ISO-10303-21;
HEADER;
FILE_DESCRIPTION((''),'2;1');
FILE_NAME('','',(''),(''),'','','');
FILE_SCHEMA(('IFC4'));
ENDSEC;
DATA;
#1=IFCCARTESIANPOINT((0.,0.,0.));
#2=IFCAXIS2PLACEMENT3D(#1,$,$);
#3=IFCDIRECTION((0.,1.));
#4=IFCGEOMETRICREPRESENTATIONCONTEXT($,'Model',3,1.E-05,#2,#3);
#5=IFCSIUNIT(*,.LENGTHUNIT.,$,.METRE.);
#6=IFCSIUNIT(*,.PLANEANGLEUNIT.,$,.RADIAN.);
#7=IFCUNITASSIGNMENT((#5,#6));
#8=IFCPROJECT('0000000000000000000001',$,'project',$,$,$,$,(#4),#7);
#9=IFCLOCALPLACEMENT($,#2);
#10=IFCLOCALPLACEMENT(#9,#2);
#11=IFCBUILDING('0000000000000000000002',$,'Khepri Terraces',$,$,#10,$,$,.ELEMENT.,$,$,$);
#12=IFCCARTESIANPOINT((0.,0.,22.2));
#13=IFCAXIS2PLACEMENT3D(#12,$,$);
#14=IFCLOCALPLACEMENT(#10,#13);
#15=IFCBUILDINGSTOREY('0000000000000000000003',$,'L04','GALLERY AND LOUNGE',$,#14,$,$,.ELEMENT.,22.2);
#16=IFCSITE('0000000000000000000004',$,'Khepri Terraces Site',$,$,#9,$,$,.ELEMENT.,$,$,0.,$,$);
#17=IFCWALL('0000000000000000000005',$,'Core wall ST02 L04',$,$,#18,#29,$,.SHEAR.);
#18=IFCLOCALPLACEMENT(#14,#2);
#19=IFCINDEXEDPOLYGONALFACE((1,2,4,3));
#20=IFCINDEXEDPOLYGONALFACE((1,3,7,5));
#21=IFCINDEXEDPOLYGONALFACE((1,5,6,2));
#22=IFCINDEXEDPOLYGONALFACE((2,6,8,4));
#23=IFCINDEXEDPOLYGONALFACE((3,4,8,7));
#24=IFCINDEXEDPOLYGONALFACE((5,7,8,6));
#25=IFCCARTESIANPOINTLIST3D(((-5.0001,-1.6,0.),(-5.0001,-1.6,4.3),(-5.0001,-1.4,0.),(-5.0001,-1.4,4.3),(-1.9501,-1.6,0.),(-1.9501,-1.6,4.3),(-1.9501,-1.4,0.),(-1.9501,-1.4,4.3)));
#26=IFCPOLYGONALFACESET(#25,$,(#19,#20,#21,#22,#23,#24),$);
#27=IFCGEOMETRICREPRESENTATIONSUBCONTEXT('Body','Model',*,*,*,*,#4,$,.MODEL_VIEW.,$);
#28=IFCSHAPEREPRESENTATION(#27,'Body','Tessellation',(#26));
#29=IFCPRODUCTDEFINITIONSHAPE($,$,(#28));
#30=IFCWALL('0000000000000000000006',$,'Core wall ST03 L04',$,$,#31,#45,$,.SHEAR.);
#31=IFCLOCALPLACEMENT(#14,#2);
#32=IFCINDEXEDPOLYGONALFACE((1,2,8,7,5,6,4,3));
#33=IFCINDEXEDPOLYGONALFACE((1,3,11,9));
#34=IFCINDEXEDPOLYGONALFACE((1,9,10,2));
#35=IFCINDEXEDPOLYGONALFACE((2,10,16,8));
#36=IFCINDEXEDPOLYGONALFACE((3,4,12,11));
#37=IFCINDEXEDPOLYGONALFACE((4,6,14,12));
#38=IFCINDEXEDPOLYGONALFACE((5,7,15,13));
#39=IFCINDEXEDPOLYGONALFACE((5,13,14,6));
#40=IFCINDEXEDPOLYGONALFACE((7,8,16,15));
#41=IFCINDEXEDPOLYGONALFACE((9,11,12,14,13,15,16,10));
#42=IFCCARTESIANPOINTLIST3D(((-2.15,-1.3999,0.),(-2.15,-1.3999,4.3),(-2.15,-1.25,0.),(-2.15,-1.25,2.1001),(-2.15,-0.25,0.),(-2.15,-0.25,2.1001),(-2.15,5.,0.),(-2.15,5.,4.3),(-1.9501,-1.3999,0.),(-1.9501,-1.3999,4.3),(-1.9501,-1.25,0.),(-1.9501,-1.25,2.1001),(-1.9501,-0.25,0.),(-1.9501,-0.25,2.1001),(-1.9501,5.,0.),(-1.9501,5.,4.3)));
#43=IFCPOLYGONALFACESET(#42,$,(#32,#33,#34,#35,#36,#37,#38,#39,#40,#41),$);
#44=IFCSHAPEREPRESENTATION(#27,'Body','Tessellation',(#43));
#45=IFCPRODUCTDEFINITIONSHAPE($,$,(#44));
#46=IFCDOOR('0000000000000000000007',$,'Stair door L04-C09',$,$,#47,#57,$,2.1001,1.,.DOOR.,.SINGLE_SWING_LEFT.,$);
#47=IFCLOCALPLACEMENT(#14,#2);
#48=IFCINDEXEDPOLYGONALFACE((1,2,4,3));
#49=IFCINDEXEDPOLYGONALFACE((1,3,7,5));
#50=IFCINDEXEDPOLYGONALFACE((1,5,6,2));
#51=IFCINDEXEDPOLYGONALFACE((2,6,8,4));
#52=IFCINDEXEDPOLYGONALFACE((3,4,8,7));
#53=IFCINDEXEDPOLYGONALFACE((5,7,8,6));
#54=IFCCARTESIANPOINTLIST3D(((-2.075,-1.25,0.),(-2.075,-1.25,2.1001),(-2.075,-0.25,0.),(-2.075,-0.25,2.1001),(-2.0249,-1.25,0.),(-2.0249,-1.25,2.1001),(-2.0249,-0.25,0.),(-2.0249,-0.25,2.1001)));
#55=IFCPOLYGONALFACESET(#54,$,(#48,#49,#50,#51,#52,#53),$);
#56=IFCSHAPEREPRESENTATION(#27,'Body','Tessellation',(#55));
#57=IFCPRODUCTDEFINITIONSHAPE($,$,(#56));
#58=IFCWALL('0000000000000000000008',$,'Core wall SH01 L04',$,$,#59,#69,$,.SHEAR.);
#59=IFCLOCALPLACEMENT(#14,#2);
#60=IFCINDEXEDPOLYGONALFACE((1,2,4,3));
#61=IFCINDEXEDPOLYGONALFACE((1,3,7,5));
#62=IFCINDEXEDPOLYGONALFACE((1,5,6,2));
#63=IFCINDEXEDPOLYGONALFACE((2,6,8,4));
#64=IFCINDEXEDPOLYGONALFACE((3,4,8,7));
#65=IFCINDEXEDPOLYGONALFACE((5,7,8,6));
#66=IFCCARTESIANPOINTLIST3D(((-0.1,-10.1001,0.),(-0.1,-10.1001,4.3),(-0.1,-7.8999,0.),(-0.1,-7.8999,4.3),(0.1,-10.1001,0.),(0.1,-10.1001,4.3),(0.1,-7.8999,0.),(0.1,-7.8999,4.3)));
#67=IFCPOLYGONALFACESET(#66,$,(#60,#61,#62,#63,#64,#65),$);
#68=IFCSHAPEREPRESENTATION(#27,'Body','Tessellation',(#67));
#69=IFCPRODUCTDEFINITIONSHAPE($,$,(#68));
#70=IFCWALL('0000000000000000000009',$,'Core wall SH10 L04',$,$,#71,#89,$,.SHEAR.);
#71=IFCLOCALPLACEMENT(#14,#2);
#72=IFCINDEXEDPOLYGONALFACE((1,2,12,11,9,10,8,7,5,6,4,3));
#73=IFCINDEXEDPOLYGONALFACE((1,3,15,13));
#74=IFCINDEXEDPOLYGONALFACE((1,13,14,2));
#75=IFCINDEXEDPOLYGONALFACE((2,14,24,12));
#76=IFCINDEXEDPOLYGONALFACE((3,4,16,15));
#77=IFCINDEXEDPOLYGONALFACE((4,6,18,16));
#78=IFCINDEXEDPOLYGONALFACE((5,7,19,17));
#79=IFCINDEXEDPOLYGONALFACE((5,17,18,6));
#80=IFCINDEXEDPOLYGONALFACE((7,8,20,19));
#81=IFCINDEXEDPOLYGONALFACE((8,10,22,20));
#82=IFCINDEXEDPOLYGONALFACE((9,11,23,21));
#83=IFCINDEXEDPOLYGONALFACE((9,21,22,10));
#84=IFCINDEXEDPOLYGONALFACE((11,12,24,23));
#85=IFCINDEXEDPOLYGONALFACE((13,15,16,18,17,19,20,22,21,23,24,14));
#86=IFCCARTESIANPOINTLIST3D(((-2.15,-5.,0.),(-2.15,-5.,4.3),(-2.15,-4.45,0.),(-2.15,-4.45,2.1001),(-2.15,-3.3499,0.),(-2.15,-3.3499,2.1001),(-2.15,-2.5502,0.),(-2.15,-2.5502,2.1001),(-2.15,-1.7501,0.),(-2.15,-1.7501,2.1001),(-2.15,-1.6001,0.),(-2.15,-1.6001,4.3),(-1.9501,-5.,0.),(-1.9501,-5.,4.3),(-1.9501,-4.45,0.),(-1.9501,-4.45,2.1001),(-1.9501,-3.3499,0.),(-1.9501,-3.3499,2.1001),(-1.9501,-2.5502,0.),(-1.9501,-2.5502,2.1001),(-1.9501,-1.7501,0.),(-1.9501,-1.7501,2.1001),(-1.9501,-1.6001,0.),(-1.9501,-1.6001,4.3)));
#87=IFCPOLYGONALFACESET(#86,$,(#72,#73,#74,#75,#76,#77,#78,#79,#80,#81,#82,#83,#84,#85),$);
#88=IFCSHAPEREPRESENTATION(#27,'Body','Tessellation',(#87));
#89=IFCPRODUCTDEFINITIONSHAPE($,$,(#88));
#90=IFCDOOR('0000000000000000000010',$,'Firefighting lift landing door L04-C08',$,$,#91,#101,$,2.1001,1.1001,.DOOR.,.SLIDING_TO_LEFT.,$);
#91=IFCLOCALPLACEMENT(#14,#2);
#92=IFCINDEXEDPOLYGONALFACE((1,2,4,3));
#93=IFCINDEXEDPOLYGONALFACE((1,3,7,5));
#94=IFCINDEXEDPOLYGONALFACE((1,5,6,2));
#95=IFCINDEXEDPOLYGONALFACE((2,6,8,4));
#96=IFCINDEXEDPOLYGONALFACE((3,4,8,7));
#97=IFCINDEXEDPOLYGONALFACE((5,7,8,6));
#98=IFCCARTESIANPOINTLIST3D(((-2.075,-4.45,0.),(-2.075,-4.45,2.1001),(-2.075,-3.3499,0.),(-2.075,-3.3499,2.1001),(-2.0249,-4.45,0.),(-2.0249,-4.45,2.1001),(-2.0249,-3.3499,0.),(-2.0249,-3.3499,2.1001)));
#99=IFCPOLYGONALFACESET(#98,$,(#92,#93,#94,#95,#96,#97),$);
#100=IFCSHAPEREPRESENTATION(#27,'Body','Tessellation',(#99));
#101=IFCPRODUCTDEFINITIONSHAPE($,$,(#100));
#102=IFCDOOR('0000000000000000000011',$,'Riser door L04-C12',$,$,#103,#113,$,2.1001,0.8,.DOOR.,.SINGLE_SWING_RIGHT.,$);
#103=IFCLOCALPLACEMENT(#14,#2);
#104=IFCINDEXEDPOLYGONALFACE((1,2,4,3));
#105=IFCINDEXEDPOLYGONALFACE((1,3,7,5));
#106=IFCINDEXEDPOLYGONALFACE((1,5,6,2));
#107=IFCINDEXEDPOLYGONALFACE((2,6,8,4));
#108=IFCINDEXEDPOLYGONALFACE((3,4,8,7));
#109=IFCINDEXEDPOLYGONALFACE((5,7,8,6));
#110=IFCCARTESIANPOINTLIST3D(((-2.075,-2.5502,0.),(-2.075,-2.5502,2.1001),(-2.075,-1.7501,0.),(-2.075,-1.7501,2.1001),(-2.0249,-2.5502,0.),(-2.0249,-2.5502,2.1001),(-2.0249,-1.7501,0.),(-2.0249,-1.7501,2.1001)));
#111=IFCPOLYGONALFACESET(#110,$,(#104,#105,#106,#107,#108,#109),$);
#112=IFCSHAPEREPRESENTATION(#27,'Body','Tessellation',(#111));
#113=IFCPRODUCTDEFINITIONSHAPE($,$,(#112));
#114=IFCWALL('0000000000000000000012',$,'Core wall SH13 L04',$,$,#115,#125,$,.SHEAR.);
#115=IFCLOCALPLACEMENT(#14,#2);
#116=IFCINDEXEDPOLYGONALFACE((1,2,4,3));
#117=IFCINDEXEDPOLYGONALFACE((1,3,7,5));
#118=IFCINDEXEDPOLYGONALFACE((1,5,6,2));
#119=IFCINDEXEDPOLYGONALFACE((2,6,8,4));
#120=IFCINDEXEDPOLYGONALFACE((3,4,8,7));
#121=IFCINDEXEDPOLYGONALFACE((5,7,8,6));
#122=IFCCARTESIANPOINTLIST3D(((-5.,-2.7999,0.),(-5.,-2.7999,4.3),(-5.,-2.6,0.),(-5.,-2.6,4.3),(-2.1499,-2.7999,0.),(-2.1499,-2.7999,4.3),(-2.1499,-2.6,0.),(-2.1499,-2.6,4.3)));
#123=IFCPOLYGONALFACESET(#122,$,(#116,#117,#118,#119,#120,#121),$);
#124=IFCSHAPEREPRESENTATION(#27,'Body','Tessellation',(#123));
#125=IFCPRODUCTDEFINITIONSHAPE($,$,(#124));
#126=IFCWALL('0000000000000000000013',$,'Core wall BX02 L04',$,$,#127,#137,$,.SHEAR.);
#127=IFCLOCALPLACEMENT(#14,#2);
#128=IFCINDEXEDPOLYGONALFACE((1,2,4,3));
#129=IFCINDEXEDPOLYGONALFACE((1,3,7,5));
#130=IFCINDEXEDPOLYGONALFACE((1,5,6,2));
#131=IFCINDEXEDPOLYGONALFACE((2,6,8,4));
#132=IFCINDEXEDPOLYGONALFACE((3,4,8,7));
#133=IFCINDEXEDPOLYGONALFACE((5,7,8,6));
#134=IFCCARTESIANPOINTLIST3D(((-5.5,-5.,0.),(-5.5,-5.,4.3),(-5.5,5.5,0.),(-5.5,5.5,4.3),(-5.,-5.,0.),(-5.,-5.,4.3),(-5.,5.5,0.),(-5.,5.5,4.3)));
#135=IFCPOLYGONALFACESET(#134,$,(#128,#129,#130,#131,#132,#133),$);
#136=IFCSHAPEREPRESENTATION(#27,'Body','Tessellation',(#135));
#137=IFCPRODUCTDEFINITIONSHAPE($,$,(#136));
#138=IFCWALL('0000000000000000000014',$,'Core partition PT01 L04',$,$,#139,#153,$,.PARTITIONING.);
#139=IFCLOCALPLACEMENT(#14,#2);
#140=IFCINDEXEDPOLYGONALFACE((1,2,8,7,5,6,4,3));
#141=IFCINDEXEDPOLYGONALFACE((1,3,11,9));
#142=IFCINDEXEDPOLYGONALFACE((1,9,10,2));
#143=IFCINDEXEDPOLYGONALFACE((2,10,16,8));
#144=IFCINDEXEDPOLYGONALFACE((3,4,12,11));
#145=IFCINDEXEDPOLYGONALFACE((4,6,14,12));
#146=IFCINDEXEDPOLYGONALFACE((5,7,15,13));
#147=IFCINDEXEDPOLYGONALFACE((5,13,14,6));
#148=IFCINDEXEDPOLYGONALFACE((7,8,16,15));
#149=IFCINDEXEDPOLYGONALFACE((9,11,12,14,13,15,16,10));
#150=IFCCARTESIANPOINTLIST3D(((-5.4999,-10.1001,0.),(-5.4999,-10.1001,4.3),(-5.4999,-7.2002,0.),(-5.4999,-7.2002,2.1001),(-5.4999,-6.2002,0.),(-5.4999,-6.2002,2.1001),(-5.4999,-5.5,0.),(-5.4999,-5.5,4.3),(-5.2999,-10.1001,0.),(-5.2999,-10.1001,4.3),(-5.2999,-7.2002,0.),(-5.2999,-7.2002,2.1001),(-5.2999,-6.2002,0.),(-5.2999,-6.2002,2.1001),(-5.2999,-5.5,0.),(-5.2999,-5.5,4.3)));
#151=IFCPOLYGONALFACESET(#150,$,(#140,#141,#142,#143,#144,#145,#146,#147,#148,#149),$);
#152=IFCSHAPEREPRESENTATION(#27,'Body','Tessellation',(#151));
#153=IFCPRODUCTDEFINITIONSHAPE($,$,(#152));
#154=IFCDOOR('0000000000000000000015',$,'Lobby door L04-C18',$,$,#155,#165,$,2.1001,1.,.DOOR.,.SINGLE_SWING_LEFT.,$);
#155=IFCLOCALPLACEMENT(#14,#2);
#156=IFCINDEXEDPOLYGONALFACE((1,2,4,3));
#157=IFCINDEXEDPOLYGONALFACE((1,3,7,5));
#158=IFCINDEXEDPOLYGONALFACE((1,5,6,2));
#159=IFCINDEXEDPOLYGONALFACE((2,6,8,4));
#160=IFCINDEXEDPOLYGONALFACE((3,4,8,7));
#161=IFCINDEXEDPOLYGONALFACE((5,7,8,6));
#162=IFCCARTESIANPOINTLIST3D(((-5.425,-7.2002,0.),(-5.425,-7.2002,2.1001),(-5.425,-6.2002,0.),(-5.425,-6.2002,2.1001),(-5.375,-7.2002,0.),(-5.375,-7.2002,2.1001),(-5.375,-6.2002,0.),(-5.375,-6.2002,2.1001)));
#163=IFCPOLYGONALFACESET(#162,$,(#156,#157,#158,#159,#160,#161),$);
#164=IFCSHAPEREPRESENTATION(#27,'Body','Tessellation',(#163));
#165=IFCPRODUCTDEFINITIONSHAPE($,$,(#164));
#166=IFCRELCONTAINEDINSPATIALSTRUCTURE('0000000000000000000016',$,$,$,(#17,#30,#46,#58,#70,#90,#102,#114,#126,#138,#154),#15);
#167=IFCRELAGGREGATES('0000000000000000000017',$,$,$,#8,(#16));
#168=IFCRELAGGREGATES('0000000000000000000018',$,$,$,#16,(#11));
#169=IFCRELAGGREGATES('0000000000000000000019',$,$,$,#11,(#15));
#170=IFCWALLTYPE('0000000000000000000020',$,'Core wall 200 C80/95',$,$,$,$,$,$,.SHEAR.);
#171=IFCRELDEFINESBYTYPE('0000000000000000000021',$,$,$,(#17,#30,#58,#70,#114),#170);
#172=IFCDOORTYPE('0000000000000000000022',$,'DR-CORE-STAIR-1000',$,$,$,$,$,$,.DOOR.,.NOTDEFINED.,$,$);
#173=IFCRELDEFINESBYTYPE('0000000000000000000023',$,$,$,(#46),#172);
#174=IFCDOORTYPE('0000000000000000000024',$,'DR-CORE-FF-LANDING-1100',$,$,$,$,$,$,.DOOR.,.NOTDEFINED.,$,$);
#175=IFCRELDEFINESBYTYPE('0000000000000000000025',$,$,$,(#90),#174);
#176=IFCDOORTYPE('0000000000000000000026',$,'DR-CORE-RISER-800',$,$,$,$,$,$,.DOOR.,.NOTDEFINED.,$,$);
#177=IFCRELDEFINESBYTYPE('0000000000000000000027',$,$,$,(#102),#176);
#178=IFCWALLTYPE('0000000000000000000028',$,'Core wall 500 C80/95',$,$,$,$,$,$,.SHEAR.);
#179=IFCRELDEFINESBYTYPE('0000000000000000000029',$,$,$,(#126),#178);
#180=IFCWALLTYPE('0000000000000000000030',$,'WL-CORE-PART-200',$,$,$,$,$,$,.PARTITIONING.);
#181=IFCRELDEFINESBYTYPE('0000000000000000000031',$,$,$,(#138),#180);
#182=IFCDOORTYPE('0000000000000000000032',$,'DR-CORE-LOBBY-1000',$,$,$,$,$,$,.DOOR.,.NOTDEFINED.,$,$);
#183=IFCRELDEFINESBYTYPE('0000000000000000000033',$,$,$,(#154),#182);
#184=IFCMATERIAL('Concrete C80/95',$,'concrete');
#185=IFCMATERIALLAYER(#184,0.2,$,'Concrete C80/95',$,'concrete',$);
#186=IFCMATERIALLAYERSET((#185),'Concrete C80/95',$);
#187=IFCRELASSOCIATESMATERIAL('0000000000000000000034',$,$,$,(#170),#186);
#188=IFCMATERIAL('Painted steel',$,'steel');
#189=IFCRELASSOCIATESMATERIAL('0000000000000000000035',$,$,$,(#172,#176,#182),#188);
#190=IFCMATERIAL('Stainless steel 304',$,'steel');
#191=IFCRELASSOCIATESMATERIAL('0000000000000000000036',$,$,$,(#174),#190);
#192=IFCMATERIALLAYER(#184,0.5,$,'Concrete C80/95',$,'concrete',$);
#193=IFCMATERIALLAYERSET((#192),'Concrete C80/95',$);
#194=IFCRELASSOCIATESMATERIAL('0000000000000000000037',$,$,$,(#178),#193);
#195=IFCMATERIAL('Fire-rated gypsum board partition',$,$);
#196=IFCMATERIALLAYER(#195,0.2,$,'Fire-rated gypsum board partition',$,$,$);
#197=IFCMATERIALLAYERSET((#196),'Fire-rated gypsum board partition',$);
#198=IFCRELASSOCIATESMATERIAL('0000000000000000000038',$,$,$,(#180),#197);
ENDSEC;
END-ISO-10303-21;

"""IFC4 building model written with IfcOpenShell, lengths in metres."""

from ifc_helpers import new_model, si_unit, direction, frame, frame_2d, origin, place, context, subcontext, project, spatial, rectangle, extrude, material, layer, layer_set, type_object, element, fill, save


model = new_model("IFC4")

# Units and contexts
model_context = context("Model", 3, precision=1e-05, world=origin(), true_north=direction((0.0, 1.0)))
body_context = subcontext(model_context, "Body", "Model", "MODEL_VIEW")
ifc_project = project(units=[si_unit("LENGTHUNIT", "METRE"), si_unit("PLANEANGLEUNIT", "RADIAN")], contexts=[model_context])

# Site, building, storey
site_placement = place(None, origin())
site = spatial("IfcSite", under=ifc_project, at=site_placement, Name="Khepri Terraces Site", CompositionType="ELEMENT", RefElevation=0.0)
building_placement = place(site_placement, origin())
building = spatial("IfcBuilding", under=site, at=building_placement, Name="Khepri Terraces", CompositionType="ELEMENT")
storey_placement = place(building_placement, frame((0.0, 0.0, 22.2)))
storey = spatial("IfcBuildingStorey", under=building, at=storey_placement, Name="L04", Description="GALLERY AND LOUNGE", CompositionType="ELEMENT", Elevation=22.2)

# Wall
ifc_material_1 = material(Name="Concrete C80/95", Category="concrete")
ifc_layer_1 = layer(ifc_material_1, 0.2, Name="Concrete C80/95", Category="concrete")
ifc_layer_set_1 = layer_set([ifc_layer_1], Name="Concrete C80/95")
wall_type_1 = type_object("IfcWallType", Name="Core wall 200 C80/95", PredefinedType="SHEAR", material=ifc_layer_set_1)
wall_1_placement = place(storey_placement, frame((-5.0, -1.5, 0.0), z_axis=(0.0, 0.0, 1.0), x_axis=(1.0, 0.0, 0.0)))
element("IfcWall", 1, at=wall_1_placement, inside=storey, type_object=wall_type_1, Name="Core wall ST02 L04", PredefinedType="SHEAR", context=body_context, shape_type="SweptSolid", body=[
    extrude(rectangle(XDim=3.05, YDim=0.2, at=frame_2d((1.5249, 0.0))), origin(), (0.0, 0.0, 1.0), 4.3),
])

# Wall, opening, door
wall_2_placement = place(storey_placement, frame((-2.05, -1.3999, 0.0), z_axis=(0.0, 0.0, 1.0), x_axis=(0.0, 1.0, 0.0)))
wall_2 = element("IfcWall", 2, at=wall_2_placement, inside=storey, type_object=wall_type_1, Name="Core wall ST03 L04", PredefinedType="SHEAR", context=body_context, shape_type="SweptSolid", body=[
    extrude(rectangle(XDim=6.3999, YDim=0.2, at=frame_2d((3.2, 0.0))), origin(), (0.0, 0.0, 1.0), 4.3),
])
opening_1_placement = place(wall_2_placement, frame((0.1499, 0.0, 0.0)))
opening_1 = element("IfcOpeningElement", 3, at=opening_1_placement, cuts=wall_2, PredefinedType="OPENING", context=body_context, shape_type="SweptSolid", body=[
    extrude(rectangle(XDim=1.0, YDim=2.1001, at=frame_2d((0.5, 1.05))), frame((0.0, 0.1099, 0.0), z_axis=(0.0, -1.0, 0.0), x_axis=(1.0, 0.0, 0.0)), (0.0, 0.0, 1.0), 0.22),
])
ifc_material_2 = material(Name="Painted steel", Category="steel")
door_type_1 = type_object("IfcDoorType", Name="DR-CORE-STAIR-1000", OperationType="NOTDEFINED", PredefinedType="DOOR", material=ifc_material_2)
door_1_placement = place(opening_1_placement, origin())
door_1 = element("IfcDoor", 4, at=door_1_placement, inside=storey, type_object=door_type_1, Name="Stair door L04-C09", OperationType="SINGLE_SWING_LEFT", OverallHeight=2.1001, OverallWidth=1.0, PredefinedType="DOOR", context=body_context, shape_type="SweptSolid", body=[
    extrude(rectangle(XDim=1.0, YDim=2.1001, at=frame_2d((0.5, 1.05))), frame((0.0, 0.0249, 0.0), z_axis=(0.0, -1.0, 0.0), x_axis=(1.0, 0.0, 0.0)), (0.0, 0.0, 1.0), 0.05),
])
fill(opening_1, door_1)

# Wall
wall_3_placement = place(storey_placement, frame((0.0, -10.1001, 0.0), z_axis=(0.0, 0.0, 1.0), x_axis=(0.0, 1.0, 0.0)))
element("IfcWall", 5, at=wall_3_placement, inside=storey, type_object=wall_type_1, Name="Core wall SH01 L04", PredefinedType="SHEAR", context=body_context, shape_type="SweptSolid", body=[
    extrude(rectangle(XDim=2.2002, YDim=0.2, at=frame_2d((1.1001, 0.0))), origin(), (0.0, 0.0, 1.0), 4.3),
])

# Wall, openings, doors
wall_4_placement = place(storey_placement, frame((-2.05, -5.0, 0.0), z_axis=(0.0, 0.0, 1.0), x_axis=(0.0, 1.0, 0.0)))
wall_4 = element("IfcWall", 6, at=wall_4_placement, inside=storey, type_object=wall_type_1, Name="Core wall SH10 L04", PredefinedType="SHEAR", context=body_context, shape_type="SweptSolid", body=[
    extrude(rectangle(XDim=3.3999, YDim=0.2, at=frame_2d((1.7, 0.0))), origin(), (0.0, 0.0, 1.0), 4.3),
])
opening_2_placement = place(wall_4_placement, frame((0.55, 0.0, 0.0)))
opening_2 = element("IfcOpeningElement", 7, at=opening_2_placement, cuts=wall_4, PredefinedType="OPENING", context=body_context, shape_type="SweptSolid", body=[
    extrude(rectangle(XDim=1.1001, YDim=2.1001, at=frame_2d((0.55, 1.05))), frame((0.0, 0.1099, 0.0), z_axis=(0.0, -1.0, 0.0), x_axis=(1.0, 0.0, 0.0)), (0.0, 0.0, 1.0), 0.22),
])
opening_3_placement = place(wall_4_placement, frame((2.45, 0.0, 0.0)))
opening_3 = element("IfcOpeningElement", 8, at=opening_3_placement, cuts=wall_4, PredefinedType="OPENING", context=body_context, shape_type="SweptSolid", body=[
    extrude(rectangle(XDim=0.8, YDim=2.1001, at=frame_2d((0.3999, 1.05))), frame((0.0, 0.1099, 0.0), z_axis=(0.0, -1.0, 0.0), x_axis=(1.0, 0.0, 0.0)), (0.0, 0.0, 1.0), 0.22),
])
ifc_material_3 = material(Name="Stainless steel 304", Category="steel")
door_type_2 = type_object("IfcDoorType", Name="DR-CORE-FF-LANDING-1100", OperationType="NOTDEFINED", PredefinedType="DOOR", material=ifc_material_3)
door_2_placement = place(opening_2_placement, origin())
door_2 = element("IfcDoor", 9, at=door_2_placement, inside=storey, type_object=door_type_2, Name="Firefighting lift landing door L04-C08", OperationType="SLIDING_TO_LEFT", OverallHeight=2.1001, OverallWidth=1.1001, PredefinedType="DOOR", context=body_context, shape_type="SweptSolid", body=[
    extrude(rectangle(XDim=1.1001, YDim=2.1001, at=frame_2d((0.55, 1.05))), frame((0.0, 0.0249, 0.0), z_axis=(0.0, -1.0, 0.0), x_axis=(1.0, 0.0, 0.0)), (0.0, 0.0, 1.0), 0.05),
])
fill(opening_2, door_2)
door_type_3 = type_object("IfcDoorType", Name="DR-CORE-RISER-800", OperationType="NOTDEFINED", PredefinedType="DOOR", material=ifc_material_2)
door_3_placement = place(opening_3_placement, origin())
door_3 = element("IfcDoor", 10, at=door_3_placement, inside=storey, type_object=door_type_3, Name="Riser door L04-C12", OperationType="SINGLE_SWING_RIGHT", OverallHeight=2.1001, OverallWidth=0.8, PredefinedType="DOOR", context=body_context, shape_type="SweptSolid", body=[
    extrude(rectangle(XDim=0.8, YDim=2.1001, at=frame_2d((0.3999, 1.05))), frame((0.0, 0.0249, 0.0), z_axis=(0.0, -1.0, 0.0), x_axis=(1.0, 0.0, 0.0)), (0.0, 0.0, 1.0), 0.05),
])
fill(opening_3, door_3)

# Walls
wall_5_placement = place(storey_placement, frame((-5.0, -2.7, 0.0), z_axis=(0.0, 0.0, 1.0), x_axis=(1.0, 0.0, 0.0)))
element("IfcWall", 11, at=wall_5_placement, inside=storey, type_object=wall_type_1, Name="Core wall SH13 L04", PredefinedType="SHEAR", context=body_context, shape_type="SweptSolid", body=[
    extrude(rectangle(XDim=2.8501, YDim=0.2, at=frame_2d((1.425, 0.0))), origin(), (0.0, 0.0, 1.0), 4.3),
])
ifc_layer_2 = layer(ifc_material_1, 0.5, Name="Concrete C80/95", Category="concrete")
ifc_layer_set_2 = layer_set([ifc_layer_2], Name="Concrete C80/95")
wall_type_2 = type_object("IfcWallType", Name="Core wall 500 C80/95", PredefinedType="SHEAR", material=ifc_layer_set_2)
wall_6_placement = place(storey_placement, frame((-5.25, -5.0, 0.0), z_axis=(0.0, 0.0, 1.0), x_axis=(0.0, 1.0, 0.0)))
element("IfcWall", 12, at=wall_6_placement, inside=storey, type_object=wall_type_2, Name="Core wall BX02 L04", PredefinedType="SHEAR", context=body_context, shape_type="SweptSolid", body=[
    extrude(rectangle(XDim=10.5, YDim=0.5, at=frame_2d((5.25, 0.0))), origin(), (0.0, 0.0, 1.0), 4.3),
])

# Wall, opening, door
ifc_material_4 = material(Name="Fire-rated gypsum board partition")
ifc_layer_3 = layer(ifc_material_4, 0.2, Name="Fire-rated gypsum board partition")
ifc_layer_set_3 = layer_set([ifc_layer_3], Name="Fire-rated gypsum board partition")
wall_type_3 = type_object("IfcWallType", Name="WL-CORE-PART-200", PredefinedType="PARTITIONING", material=ifc_layer_set_3)
wall_7_placement = place(storey_placement, frame((-5.3999, -10.1001, 0.0), z_axis=(0.0, 0.0, 1.0), x_axis=(0.0, 1.0, 0.0)))
wall_7 = element("IfcWall", 13, at=wall_7_placement, inside=storey, type_object=wall_type_3, Name="Core partition PT01 L04", PredefinedType="PARTITIONING", context=body_context, shape_type="SweptSolid", body=[
    extrude(rectangle(XDim=4.6001, YDim=0.2, at=frame_2d((2.3, 0.0))), origin(), (0.0, 0.0, 1.0), 4.3),
])
opening_4_placement = place(wall_7_placement, frame((2.8999, 0.0, 0.0)))
opening_4 = element("IfcOpeningElement", 14, at=opening_4_placement, cuts=wall_7, PredefinedType="OPENING", context=body_context, shape_type="SweptSolid", body=[
    extrude(rectangle(XDim=1.0, YDim=2.1001, at=frame_2d((0.5, 1.05))), frame((0.0, 0.1099, 0.0), z_axis=(0.0, -1.0, 0.0), x_axis=(1.0, 0.0, 0.0)), (0.0, 0.0, 1.0), 0.22),
])
door_type_4 = type_object("IfcDoorType", Name="DR-CORE-LOBBY-1000", OperationType="NOTDEFINED", PredefinedType="DOOR", material=ifc_material_2)
door_4_placement = place(opening_4_placement, frame((1.0, 0.0, 0.0), z_axis=(0.0, 0.0, 1.0), x_axis=(-1.0, 0.0, 0.0)))
door_4 = element("IfcDoor", 15, at=door_4_placement, inside=storey, type_object=door_type_4, Name="Lobby door L04-C18", OperationType="SINGLE_SWING_LEFT", OverallHeight=2.1001, OverallWidth=1.0, PredefinedType="DOOR", context=body_context, shape_type="SweptSolid", body=[
    extrude(rectangle(XDim=1.0, YDim=2.1001, at=frame_2d((0.5, 1.05))), frame((0.0, 0.0249, 0.0), z_axis=(0.0, -1.0, 0.0), x_axis=(1.0, 0.0, 0.0)), (0.0, 0.0, 1.0), 0.05),
])
fill(opening_4, door_4)

save(model, "model.ifc")
